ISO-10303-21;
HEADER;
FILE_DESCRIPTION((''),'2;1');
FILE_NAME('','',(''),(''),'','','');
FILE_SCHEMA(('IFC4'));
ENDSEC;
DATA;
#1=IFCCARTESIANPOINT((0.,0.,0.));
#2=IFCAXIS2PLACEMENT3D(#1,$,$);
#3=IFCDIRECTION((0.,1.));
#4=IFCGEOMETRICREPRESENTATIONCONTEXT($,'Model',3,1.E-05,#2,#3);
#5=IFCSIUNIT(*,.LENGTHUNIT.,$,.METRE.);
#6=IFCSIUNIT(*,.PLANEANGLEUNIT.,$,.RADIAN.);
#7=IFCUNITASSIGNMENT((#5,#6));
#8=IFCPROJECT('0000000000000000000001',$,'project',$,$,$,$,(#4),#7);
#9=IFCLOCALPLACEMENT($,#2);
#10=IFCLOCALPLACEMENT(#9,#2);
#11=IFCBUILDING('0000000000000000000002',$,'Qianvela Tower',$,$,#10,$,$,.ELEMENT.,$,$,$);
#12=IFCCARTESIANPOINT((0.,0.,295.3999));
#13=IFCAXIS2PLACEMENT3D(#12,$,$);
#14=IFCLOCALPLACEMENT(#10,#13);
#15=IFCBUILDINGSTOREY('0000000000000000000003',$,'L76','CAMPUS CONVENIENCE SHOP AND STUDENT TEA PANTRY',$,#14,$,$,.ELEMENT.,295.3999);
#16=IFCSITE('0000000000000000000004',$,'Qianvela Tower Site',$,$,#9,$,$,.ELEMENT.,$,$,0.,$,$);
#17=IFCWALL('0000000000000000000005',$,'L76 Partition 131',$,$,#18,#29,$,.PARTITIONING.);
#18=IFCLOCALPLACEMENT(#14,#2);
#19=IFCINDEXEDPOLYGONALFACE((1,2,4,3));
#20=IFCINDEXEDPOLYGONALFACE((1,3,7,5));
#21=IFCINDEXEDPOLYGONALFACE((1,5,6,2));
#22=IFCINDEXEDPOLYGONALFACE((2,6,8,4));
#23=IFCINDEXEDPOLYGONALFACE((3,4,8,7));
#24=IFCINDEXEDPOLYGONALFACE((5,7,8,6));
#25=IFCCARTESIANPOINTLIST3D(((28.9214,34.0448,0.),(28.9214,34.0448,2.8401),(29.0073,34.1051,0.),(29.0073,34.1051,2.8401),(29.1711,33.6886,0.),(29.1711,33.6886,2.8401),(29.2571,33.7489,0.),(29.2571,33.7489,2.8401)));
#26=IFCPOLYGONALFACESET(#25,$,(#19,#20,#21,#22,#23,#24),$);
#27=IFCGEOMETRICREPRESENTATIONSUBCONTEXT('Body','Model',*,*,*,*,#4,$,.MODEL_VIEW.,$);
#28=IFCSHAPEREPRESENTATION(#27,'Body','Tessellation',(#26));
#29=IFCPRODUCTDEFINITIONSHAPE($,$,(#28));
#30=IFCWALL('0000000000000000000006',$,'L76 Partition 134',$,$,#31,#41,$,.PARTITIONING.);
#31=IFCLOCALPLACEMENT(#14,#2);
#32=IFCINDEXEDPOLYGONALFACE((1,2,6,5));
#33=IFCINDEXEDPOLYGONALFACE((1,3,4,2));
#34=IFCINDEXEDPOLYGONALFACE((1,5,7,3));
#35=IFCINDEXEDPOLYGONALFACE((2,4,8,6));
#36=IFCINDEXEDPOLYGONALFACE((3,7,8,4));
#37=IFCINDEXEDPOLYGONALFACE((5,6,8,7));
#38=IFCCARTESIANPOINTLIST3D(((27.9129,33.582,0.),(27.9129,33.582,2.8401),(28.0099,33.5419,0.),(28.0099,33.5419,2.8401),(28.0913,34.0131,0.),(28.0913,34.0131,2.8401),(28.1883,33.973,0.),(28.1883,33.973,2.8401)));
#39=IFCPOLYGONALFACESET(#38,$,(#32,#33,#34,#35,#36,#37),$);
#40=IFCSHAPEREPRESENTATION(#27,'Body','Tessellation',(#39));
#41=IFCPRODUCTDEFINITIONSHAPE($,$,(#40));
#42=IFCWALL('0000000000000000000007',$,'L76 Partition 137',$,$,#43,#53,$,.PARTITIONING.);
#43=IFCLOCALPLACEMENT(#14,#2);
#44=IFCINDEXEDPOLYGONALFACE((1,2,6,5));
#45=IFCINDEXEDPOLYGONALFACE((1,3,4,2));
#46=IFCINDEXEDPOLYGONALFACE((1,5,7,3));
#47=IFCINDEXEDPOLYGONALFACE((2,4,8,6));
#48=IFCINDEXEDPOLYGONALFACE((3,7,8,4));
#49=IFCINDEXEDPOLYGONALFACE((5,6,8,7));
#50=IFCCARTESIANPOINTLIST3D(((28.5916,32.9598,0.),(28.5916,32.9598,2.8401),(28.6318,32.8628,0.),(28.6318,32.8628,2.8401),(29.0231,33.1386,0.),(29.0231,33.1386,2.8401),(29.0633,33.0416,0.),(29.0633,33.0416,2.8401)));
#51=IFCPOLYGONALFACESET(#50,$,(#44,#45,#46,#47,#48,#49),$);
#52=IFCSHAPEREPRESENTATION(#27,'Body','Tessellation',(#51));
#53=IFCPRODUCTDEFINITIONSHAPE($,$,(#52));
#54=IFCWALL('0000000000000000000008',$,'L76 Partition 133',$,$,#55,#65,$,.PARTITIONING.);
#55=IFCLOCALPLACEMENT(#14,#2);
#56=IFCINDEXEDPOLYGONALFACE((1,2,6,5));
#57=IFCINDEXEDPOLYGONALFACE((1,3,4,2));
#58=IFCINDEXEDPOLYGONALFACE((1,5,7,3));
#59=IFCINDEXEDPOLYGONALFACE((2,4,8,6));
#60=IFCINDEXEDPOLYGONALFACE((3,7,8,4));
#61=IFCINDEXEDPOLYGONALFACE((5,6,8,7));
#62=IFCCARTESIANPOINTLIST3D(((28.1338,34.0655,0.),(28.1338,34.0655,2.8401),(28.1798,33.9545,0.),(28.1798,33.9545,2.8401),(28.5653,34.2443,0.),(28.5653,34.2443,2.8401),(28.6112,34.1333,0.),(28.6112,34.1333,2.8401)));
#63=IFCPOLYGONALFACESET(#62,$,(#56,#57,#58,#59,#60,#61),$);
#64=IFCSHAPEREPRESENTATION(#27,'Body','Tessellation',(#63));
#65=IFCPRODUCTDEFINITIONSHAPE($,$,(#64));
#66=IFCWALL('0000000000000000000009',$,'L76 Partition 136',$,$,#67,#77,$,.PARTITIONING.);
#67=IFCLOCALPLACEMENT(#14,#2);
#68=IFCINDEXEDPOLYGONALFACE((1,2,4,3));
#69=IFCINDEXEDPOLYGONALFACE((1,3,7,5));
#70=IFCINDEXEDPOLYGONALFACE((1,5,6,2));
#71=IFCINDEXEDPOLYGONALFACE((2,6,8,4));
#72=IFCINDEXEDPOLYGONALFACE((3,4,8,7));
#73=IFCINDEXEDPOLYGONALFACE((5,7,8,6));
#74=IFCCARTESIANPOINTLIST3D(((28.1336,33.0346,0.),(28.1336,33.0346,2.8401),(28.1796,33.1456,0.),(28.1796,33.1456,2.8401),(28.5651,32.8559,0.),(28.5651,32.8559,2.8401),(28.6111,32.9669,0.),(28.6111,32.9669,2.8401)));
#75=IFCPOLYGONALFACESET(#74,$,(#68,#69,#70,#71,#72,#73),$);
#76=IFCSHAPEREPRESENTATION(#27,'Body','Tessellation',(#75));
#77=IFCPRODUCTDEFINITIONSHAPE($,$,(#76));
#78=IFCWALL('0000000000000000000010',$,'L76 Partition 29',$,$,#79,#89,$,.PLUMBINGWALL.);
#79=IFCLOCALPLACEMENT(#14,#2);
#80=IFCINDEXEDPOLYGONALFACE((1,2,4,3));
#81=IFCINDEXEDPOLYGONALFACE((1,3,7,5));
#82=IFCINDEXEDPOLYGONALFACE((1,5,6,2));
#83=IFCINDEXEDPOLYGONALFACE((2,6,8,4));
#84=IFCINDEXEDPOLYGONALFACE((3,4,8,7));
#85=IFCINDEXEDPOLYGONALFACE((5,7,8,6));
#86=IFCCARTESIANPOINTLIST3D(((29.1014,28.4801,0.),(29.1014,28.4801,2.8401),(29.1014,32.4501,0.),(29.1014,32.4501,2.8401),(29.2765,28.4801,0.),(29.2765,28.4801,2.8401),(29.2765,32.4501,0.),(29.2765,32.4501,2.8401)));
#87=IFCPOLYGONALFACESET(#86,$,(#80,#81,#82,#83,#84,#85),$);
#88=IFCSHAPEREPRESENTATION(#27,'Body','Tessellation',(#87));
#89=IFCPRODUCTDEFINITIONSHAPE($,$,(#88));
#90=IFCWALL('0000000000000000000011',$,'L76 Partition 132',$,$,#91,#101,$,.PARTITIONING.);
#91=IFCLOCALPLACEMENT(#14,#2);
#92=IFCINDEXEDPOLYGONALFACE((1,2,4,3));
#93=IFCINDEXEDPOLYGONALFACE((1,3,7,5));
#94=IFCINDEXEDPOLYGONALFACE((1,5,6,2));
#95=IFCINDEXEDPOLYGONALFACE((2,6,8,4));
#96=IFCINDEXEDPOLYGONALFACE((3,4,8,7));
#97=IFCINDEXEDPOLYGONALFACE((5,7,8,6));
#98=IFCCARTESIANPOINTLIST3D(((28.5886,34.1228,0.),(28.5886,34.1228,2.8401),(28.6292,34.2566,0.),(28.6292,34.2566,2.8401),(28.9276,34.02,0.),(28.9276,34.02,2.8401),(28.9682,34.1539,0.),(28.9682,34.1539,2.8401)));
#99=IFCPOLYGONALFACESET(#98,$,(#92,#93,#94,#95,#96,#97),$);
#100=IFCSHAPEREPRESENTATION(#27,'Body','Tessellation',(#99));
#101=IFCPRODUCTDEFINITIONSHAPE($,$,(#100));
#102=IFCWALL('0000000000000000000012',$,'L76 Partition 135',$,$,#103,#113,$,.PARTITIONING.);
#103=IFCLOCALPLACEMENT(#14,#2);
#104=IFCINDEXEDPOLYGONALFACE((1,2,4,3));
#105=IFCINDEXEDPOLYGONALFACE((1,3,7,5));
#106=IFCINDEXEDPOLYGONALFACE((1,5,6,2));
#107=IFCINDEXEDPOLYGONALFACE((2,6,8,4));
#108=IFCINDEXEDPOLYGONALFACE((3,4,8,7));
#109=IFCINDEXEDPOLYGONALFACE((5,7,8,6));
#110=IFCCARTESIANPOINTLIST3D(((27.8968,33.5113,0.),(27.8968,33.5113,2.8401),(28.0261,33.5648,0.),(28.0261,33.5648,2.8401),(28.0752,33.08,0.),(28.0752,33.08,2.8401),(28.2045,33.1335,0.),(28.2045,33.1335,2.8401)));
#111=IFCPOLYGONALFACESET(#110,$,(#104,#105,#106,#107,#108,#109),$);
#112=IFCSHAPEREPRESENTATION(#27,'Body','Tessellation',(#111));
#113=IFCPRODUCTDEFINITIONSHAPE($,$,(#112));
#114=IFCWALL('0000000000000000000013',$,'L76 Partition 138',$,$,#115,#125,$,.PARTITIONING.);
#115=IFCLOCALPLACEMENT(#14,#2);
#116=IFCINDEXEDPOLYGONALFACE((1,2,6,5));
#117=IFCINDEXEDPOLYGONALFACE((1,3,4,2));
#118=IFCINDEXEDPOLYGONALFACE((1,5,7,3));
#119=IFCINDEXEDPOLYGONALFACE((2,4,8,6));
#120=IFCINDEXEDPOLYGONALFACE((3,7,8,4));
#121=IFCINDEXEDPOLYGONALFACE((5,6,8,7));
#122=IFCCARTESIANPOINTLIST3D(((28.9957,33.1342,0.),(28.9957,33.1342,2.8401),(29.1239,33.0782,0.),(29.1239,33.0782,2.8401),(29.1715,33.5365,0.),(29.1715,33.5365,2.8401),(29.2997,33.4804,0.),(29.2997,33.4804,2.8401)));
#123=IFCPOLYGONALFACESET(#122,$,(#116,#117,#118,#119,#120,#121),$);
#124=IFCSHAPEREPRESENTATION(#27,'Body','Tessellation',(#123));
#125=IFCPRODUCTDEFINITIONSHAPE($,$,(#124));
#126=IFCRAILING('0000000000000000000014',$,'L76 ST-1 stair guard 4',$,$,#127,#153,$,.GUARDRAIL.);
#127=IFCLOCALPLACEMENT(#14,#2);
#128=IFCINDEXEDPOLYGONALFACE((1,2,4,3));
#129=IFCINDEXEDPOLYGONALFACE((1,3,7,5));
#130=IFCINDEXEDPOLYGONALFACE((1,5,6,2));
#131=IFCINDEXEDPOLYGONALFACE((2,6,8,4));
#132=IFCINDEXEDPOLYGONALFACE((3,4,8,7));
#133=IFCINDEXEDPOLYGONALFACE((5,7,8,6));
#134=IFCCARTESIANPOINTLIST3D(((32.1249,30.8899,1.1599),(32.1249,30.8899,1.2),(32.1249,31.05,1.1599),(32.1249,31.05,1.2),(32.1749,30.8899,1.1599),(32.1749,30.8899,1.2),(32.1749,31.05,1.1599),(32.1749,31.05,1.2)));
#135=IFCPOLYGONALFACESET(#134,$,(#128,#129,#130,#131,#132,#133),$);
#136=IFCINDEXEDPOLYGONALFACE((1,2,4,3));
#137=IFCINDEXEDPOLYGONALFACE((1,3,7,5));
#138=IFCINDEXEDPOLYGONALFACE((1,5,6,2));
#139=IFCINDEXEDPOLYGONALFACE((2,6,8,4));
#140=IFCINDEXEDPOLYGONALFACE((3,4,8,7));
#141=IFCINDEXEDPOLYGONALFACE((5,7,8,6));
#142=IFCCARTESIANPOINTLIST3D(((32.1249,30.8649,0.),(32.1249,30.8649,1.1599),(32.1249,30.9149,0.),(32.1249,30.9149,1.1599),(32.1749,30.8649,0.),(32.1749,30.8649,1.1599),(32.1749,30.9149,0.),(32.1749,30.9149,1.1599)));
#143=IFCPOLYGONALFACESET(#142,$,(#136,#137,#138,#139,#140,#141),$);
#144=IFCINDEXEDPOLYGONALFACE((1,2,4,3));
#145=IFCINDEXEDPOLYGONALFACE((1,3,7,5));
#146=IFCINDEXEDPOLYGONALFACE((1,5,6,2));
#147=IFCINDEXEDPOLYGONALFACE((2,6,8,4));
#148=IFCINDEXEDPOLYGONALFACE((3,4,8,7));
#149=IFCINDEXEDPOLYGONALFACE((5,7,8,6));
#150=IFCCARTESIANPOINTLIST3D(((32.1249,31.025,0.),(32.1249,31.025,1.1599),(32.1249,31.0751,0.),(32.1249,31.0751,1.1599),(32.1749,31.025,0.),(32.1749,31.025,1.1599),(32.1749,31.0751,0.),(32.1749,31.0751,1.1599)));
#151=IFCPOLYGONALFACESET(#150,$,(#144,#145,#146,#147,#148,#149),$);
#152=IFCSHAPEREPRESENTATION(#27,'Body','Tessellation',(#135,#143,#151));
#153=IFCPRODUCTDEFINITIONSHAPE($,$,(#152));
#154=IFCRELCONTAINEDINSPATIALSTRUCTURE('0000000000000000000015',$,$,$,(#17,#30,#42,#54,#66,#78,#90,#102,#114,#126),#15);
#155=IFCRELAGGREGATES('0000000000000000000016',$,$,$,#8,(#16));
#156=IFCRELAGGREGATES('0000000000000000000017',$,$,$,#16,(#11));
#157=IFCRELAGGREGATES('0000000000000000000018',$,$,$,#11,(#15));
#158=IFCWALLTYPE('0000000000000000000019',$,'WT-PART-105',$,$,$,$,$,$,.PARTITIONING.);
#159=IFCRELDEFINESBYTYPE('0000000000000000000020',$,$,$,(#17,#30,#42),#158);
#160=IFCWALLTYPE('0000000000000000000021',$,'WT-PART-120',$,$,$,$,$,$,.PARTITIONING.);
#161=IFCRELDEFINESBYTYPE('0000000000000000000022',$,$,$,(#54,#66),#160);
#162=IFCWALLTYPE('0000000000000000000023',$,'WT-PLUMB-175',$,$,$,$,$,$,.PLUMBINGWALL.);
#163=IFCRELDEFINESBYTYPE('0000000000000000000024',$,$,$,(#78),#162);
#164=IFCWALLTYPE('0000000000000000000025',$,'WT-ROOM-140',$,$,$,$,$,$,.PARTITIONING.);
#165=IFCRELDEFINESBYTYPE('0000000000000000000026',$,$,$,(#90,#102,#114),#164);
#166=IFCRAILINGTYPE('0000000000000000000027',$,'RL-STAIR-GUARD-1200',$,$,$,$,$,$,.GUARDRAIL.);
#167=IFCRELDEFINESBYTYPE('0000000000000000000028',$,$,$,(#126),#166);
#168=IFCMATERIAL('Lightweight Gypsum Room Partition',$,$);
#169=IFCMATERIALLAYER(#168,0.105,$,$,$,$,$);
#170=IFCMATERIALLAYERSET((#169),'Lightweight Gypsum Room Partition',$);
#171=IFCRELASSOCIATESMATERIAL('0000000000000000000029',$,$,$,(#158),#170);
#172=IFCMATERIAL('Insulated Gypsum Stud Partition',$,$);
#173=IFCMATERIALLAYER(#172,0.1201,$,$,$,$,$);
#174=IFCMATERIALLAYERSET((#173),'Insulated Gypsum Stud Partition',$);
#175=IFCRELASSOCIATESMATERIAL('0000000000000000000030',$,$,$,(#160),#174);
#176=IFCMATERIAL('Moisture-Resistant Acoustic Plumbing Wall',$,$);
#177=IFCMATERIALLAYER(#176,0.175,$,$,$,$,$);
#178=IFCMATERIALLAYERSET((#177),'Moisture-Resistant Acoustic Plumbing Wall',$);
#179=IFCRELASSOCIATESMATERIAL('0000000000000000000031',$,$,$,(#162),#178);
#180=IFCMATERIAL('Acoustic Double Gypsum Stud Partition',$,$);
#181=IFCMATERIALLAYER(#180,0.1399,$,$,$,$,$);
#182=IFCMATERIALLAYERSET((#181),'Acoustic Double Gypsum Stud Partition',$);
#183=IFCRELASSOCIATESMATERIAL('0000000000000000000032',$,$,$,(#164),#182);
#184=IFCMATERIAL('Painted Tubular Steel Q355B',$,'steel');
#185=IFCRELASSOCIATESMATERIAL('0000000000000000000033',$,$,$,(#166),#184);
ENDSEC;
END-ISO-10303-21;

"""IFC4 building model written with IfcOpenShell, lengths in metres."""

from ifc_helpers import new_model, si_unit, direction, frame, frame_2d, origin, origin_2d, place, context, subcontext, project, spatial, rectangle, extrude, material, layer, layer_set, type_object, element, save


model = new_model("IFC4")

# Units and contexts
model_context = context("Model", 3, precision=1e-05, world=origin(), true_north=direction((0.0, 1.0)))
body_context = subcontext(model_context, "Body", "Model", "MODEL_VIEW")
ifc_project = project(units=[si_unit("LENGTHUNIT", "METRE"), si_unit("PLANEANGLEUNIT", "RADIAN")], contexts=[model_context])

# Site, building, storey
site_placement = place(None, origin())
site = spatial("IfcSite", under=ifc_project, at=site_placement, Name="Qianvela Tower Site", CompositionType="ELEMENT", RefElevation=0.0)
building_placement = place(site_placement, origin())
building = spatial("IfcBuilding", under=site, at=building_placement, Name="Qianvela Tower", CompositionType="ELEMENT")
storey_placement = place(building_placement, frame((0.0, 0.0, 295.3999)))
storey = spatial("IfcBuildingStorey", under=building, at=storey_placement, Name="L76", Description="CAMPUS CONVENIENCE SHOP AND STUDENT TEA PANTRY", CompositionType="ELEMENT", Elevation=295.3999)

# Walls
ifc_material_1 = material(Name="Lightweight Gypsum Room Partition")
ifc_layer_1 = layer(ifc_material_1, 0.105)
ifc_layer_set_1 = layer_set([ifc_layer_1], Name="Lightweight Gypsum Room Partition")
wall_type_1 = type_object("IfcWallType", Name="WT-PART-105", PredefinedType="PARTITIONING", material=ifc_layer_set_1)
wall_1_placement = place(storey_placement, frame((29.2141, 33.7188, 0.0), z_axis=(0.0, 0.0, 1.0), x_axis=(-0.574102, 0.818783, 0.0)))
element("IfcWall", 1, at=wall_1_placement, inside=storey, type_object=wall_type_1, Name="L76 Partition 131", PredefinedType="PARTITIONING", context=body_context, shape_type="SweptSolid", body=[
    extrude(rectangle(XDim=0.4351, YDim=0.105, at=frame_2d((0.2175, 0.0))), origin(), (0.0, 0.0, 1.0), 2.8401),
])
wall_2_placement = place(storey_placement, frame((28.1399, 33.9932, 0.0), z_axis=(0.0, 0.0, 1.0), x_axis=(-0.38246, -0.923972, 0.0)))
element("IfcWall", 2, at=wall_2_placement, inside=storey, type_object=wall_type_1, Name="L76 Partition 134", PredefinedType="PARTITIONING", context=body_context, shape_type="SweptSolid", body=[
    extrude(rectangle(XDim=0.4666, YDim=0.105, at=frame_2d((0.2334, 0.0))), origin(), (0.0, 0.0, 1.0), 2.8401),
])
wall_3_placement = place(storey_placement, frame((28.6118, 32.9114, 0.0), z_axis=(0.0, 0.0, 1.0), x_axis=(0.923864, 0.382721, 0.0)))
element("IfcWall", 3, at=wall_3_placement, inside=storey, type_object=wall_type_1, Name="L76 Partition 137", PredefinedType="PARTITIONING", context=body_context, shape_type="SweptSolid", body=[
    extrude(rectangle(XDim=0.467, YDim=0.105, at=frame_2d((0.2334, 0.0))), origin(), (0.0, 0.0, 1.0), 2.8401),
])
ifc_material_2 = material(Name="Insulated Gypsum Stud Partition")
ifc_layer_2 = layer(ifc_material_2, 0.1201)
ifc_layer_set_2 = layer_set([ifc_layer_2], Name="Insulated Gypsum Stud Partition")
wall_type_2 = type_object("IfcWallType", Name="WT-PART-120", PredefinedType="PARTITIONING", material=ifc_layer_set_2)
for number, where, z_axis, x_axis, name in (
    (4, (28.5881, 34.1887, 0.0), (0.0, 0.0, 1.0), (-0.923864, -0.382721, 0.0), "L76 Partition 133"),
    (5, (28.1567, 33.0901, 0.0), (0.0, 0.0, 1.0), (0.923864, -0.382721, 0.0), "L76 Partition 136"),
):
    element("IfcWall", number, at=place(storey_placement, frame(where, z_axis=z_axis, x_axis=x_axis)), inside=storey, type_object=wall_type_2, Name=name, PredefinedType="PARTITIONING", context=body_context, shape_type="SweptSolid", body=[
        extrude(rectangle(XDim=0.467, YDim=0.1201, at=frame_2d((0.2334, 0.0))), origin(), (0.0, 0.0, 1.0), 2.8401),
    ])
ifc_material_3 = material(Name="Moisture-Resistant Acoustic Plumbing Wall")
ifc_layer_3 = layer(ifc_material_3, 0.175)
ifc_layer_set_3 = layer_set([ifc_layer_3], Name="Moisture-Resistant Acoustic Plumbing Wall")
wall_type_3 = type_object("IfcWallType", Name="WT-PLUMB-175", PredefinedType="PLUMBINGWALL", material=ifc_layer_set_3)
wall_4_placement = place(storey_placement, frame((29.189, 32.45, 0.0), z_axis=(0.0, 0.0, 1.0), x_axis=(0.0, -1.0, 0.0)))
element("IfcWall", 6, at=wall_4_placement, inside=storey, type_object=wall_type_3, Name="L76 Partition 29", PredefinedType="PLUMBINGWALL", context=body_context, shape_type="SweptSolid", body=[
    extrude(rectangle(XDim=3.97, YDim=0.175, at=frame_2d((1.9849, 0.0))), origin(), (0.0, 0.0, 1.0), 2.8401),
])
ifc_material_4 = material(Name="Acoustic Double Gypsum Stud Partition")
ifc_layer_4 = layer(ifc_material_4, 0.1399)
ifc_layer_set_4 = layer_set([ifc_layer_4], Name="Acoustic Double Gypsum Stud Partition")
wall_type_4 = type_object("IfcWallType", Name="WT-ROOM-140", PredefinedType="PARTITIONING", material=ifc_layer_set_4)
wall_5_placement = place(storey_placement, frame((28.948, 34.0869, 0.0), z_axis=(0.0, 0.0, 1.0), x_axis=(-0.957007, 0.290065, 0.0)))
element("IfcWall", 7, at=wall_5_placement, inside=storey, type_object=wall_type_4, Name="L76 Partition 132", PredefinedType="PARTITIONING", context=body_context, shape_type="SweptSolid", body=[
    extrude(rectangle(XDim=0.3542, YDim=0.1399, at=frame_2d((0.1772, 0.0))), origin(), (0.0, 0.0, 1.0), 2.8401),
])
wall_6_placement = place(storey_placement, frame((27.9614, 33.5381, 0.0), z_axis=(0.0, 0.0, 1.0), x_axis=(0.382275, -0.924049, 0.0)))
element("IfcWall", 8, at=wall_6_placement, inside=storey, type_object=wall_type_4, Name="L76 Partition 135", PredefinedType="PARTITIONING", context=body_context, shape_type="SweptSolid", body=[
    extrude(rectangle(XDim=0.4668, YDim=0.1399, at=frame_2d((0.2334, 0.0))), origin(), (0.0, 0.0, 1.0), 2.8401),
])
wall_7_placement = place(storey_placement, frame((29.0598, 33.1062, 0.0), z_axis=(0.0, 0.0, 1.0), x_axis=(0.400352, 0.916361, 0.0)))
element("IfcWall", 9, at=wall_7_placement, inside=storey, type_object=wall_type_4, Name="L76 Partition 138", PredefinedType="PARTITIONING", context=body_context, shape_type="SweptSolid", body=[
    extrude(rectangle(XDim=0.439, YDim=0.1399, at=frame_2d((0.2195, 0.0))), origin(), (0.0, 0.0, 1.0), 2.8401),
])

# Railing
ifc_material_5 = material(Name="Painted Tubular Steel Q355B", Category="steel")
railing_type = type_object("IfcRailingType", Name="RL-STAIR-GUARD-1200", PredefinedType="GUARDRAIL", material=ifc_material_5)
railing_placement = place(storey_placement, frame((32.1499, 30.8899, 0.0)))
element("IfcRailing", 10, at=railing_placement, inside=storey, type_object=railing_type, Name="L76 ST-1 stair guard 4", PredefinedType="GUARDRAIL", context=body_context, shape_type="SweptSolid", body=[
    extrude(rectangle(XDim=0.05, YDim=0.04, at=origin_2d()), frame((0.0, 0.0, 1.1799), z_axis=(0.0, 1.0, 0.0), x_axis=(-1.0, 0.0, 0.0)), (0.0, 0.0, 1.0), 0.1602),
    extrude(rectangle(XDim=0.05, YDim=0.05, at=origin_2d()), origin(), (0.0, 0.0, 1.0), 1.1599),
    extrude(rectangle(XDim=0.05, YDim=0.05, at=origin_2d()), frame((0.0, 0.1602, 0.0)), (0.0, 0.0, 1.0), 1.1599),
])

save(model, "model.ifc")
